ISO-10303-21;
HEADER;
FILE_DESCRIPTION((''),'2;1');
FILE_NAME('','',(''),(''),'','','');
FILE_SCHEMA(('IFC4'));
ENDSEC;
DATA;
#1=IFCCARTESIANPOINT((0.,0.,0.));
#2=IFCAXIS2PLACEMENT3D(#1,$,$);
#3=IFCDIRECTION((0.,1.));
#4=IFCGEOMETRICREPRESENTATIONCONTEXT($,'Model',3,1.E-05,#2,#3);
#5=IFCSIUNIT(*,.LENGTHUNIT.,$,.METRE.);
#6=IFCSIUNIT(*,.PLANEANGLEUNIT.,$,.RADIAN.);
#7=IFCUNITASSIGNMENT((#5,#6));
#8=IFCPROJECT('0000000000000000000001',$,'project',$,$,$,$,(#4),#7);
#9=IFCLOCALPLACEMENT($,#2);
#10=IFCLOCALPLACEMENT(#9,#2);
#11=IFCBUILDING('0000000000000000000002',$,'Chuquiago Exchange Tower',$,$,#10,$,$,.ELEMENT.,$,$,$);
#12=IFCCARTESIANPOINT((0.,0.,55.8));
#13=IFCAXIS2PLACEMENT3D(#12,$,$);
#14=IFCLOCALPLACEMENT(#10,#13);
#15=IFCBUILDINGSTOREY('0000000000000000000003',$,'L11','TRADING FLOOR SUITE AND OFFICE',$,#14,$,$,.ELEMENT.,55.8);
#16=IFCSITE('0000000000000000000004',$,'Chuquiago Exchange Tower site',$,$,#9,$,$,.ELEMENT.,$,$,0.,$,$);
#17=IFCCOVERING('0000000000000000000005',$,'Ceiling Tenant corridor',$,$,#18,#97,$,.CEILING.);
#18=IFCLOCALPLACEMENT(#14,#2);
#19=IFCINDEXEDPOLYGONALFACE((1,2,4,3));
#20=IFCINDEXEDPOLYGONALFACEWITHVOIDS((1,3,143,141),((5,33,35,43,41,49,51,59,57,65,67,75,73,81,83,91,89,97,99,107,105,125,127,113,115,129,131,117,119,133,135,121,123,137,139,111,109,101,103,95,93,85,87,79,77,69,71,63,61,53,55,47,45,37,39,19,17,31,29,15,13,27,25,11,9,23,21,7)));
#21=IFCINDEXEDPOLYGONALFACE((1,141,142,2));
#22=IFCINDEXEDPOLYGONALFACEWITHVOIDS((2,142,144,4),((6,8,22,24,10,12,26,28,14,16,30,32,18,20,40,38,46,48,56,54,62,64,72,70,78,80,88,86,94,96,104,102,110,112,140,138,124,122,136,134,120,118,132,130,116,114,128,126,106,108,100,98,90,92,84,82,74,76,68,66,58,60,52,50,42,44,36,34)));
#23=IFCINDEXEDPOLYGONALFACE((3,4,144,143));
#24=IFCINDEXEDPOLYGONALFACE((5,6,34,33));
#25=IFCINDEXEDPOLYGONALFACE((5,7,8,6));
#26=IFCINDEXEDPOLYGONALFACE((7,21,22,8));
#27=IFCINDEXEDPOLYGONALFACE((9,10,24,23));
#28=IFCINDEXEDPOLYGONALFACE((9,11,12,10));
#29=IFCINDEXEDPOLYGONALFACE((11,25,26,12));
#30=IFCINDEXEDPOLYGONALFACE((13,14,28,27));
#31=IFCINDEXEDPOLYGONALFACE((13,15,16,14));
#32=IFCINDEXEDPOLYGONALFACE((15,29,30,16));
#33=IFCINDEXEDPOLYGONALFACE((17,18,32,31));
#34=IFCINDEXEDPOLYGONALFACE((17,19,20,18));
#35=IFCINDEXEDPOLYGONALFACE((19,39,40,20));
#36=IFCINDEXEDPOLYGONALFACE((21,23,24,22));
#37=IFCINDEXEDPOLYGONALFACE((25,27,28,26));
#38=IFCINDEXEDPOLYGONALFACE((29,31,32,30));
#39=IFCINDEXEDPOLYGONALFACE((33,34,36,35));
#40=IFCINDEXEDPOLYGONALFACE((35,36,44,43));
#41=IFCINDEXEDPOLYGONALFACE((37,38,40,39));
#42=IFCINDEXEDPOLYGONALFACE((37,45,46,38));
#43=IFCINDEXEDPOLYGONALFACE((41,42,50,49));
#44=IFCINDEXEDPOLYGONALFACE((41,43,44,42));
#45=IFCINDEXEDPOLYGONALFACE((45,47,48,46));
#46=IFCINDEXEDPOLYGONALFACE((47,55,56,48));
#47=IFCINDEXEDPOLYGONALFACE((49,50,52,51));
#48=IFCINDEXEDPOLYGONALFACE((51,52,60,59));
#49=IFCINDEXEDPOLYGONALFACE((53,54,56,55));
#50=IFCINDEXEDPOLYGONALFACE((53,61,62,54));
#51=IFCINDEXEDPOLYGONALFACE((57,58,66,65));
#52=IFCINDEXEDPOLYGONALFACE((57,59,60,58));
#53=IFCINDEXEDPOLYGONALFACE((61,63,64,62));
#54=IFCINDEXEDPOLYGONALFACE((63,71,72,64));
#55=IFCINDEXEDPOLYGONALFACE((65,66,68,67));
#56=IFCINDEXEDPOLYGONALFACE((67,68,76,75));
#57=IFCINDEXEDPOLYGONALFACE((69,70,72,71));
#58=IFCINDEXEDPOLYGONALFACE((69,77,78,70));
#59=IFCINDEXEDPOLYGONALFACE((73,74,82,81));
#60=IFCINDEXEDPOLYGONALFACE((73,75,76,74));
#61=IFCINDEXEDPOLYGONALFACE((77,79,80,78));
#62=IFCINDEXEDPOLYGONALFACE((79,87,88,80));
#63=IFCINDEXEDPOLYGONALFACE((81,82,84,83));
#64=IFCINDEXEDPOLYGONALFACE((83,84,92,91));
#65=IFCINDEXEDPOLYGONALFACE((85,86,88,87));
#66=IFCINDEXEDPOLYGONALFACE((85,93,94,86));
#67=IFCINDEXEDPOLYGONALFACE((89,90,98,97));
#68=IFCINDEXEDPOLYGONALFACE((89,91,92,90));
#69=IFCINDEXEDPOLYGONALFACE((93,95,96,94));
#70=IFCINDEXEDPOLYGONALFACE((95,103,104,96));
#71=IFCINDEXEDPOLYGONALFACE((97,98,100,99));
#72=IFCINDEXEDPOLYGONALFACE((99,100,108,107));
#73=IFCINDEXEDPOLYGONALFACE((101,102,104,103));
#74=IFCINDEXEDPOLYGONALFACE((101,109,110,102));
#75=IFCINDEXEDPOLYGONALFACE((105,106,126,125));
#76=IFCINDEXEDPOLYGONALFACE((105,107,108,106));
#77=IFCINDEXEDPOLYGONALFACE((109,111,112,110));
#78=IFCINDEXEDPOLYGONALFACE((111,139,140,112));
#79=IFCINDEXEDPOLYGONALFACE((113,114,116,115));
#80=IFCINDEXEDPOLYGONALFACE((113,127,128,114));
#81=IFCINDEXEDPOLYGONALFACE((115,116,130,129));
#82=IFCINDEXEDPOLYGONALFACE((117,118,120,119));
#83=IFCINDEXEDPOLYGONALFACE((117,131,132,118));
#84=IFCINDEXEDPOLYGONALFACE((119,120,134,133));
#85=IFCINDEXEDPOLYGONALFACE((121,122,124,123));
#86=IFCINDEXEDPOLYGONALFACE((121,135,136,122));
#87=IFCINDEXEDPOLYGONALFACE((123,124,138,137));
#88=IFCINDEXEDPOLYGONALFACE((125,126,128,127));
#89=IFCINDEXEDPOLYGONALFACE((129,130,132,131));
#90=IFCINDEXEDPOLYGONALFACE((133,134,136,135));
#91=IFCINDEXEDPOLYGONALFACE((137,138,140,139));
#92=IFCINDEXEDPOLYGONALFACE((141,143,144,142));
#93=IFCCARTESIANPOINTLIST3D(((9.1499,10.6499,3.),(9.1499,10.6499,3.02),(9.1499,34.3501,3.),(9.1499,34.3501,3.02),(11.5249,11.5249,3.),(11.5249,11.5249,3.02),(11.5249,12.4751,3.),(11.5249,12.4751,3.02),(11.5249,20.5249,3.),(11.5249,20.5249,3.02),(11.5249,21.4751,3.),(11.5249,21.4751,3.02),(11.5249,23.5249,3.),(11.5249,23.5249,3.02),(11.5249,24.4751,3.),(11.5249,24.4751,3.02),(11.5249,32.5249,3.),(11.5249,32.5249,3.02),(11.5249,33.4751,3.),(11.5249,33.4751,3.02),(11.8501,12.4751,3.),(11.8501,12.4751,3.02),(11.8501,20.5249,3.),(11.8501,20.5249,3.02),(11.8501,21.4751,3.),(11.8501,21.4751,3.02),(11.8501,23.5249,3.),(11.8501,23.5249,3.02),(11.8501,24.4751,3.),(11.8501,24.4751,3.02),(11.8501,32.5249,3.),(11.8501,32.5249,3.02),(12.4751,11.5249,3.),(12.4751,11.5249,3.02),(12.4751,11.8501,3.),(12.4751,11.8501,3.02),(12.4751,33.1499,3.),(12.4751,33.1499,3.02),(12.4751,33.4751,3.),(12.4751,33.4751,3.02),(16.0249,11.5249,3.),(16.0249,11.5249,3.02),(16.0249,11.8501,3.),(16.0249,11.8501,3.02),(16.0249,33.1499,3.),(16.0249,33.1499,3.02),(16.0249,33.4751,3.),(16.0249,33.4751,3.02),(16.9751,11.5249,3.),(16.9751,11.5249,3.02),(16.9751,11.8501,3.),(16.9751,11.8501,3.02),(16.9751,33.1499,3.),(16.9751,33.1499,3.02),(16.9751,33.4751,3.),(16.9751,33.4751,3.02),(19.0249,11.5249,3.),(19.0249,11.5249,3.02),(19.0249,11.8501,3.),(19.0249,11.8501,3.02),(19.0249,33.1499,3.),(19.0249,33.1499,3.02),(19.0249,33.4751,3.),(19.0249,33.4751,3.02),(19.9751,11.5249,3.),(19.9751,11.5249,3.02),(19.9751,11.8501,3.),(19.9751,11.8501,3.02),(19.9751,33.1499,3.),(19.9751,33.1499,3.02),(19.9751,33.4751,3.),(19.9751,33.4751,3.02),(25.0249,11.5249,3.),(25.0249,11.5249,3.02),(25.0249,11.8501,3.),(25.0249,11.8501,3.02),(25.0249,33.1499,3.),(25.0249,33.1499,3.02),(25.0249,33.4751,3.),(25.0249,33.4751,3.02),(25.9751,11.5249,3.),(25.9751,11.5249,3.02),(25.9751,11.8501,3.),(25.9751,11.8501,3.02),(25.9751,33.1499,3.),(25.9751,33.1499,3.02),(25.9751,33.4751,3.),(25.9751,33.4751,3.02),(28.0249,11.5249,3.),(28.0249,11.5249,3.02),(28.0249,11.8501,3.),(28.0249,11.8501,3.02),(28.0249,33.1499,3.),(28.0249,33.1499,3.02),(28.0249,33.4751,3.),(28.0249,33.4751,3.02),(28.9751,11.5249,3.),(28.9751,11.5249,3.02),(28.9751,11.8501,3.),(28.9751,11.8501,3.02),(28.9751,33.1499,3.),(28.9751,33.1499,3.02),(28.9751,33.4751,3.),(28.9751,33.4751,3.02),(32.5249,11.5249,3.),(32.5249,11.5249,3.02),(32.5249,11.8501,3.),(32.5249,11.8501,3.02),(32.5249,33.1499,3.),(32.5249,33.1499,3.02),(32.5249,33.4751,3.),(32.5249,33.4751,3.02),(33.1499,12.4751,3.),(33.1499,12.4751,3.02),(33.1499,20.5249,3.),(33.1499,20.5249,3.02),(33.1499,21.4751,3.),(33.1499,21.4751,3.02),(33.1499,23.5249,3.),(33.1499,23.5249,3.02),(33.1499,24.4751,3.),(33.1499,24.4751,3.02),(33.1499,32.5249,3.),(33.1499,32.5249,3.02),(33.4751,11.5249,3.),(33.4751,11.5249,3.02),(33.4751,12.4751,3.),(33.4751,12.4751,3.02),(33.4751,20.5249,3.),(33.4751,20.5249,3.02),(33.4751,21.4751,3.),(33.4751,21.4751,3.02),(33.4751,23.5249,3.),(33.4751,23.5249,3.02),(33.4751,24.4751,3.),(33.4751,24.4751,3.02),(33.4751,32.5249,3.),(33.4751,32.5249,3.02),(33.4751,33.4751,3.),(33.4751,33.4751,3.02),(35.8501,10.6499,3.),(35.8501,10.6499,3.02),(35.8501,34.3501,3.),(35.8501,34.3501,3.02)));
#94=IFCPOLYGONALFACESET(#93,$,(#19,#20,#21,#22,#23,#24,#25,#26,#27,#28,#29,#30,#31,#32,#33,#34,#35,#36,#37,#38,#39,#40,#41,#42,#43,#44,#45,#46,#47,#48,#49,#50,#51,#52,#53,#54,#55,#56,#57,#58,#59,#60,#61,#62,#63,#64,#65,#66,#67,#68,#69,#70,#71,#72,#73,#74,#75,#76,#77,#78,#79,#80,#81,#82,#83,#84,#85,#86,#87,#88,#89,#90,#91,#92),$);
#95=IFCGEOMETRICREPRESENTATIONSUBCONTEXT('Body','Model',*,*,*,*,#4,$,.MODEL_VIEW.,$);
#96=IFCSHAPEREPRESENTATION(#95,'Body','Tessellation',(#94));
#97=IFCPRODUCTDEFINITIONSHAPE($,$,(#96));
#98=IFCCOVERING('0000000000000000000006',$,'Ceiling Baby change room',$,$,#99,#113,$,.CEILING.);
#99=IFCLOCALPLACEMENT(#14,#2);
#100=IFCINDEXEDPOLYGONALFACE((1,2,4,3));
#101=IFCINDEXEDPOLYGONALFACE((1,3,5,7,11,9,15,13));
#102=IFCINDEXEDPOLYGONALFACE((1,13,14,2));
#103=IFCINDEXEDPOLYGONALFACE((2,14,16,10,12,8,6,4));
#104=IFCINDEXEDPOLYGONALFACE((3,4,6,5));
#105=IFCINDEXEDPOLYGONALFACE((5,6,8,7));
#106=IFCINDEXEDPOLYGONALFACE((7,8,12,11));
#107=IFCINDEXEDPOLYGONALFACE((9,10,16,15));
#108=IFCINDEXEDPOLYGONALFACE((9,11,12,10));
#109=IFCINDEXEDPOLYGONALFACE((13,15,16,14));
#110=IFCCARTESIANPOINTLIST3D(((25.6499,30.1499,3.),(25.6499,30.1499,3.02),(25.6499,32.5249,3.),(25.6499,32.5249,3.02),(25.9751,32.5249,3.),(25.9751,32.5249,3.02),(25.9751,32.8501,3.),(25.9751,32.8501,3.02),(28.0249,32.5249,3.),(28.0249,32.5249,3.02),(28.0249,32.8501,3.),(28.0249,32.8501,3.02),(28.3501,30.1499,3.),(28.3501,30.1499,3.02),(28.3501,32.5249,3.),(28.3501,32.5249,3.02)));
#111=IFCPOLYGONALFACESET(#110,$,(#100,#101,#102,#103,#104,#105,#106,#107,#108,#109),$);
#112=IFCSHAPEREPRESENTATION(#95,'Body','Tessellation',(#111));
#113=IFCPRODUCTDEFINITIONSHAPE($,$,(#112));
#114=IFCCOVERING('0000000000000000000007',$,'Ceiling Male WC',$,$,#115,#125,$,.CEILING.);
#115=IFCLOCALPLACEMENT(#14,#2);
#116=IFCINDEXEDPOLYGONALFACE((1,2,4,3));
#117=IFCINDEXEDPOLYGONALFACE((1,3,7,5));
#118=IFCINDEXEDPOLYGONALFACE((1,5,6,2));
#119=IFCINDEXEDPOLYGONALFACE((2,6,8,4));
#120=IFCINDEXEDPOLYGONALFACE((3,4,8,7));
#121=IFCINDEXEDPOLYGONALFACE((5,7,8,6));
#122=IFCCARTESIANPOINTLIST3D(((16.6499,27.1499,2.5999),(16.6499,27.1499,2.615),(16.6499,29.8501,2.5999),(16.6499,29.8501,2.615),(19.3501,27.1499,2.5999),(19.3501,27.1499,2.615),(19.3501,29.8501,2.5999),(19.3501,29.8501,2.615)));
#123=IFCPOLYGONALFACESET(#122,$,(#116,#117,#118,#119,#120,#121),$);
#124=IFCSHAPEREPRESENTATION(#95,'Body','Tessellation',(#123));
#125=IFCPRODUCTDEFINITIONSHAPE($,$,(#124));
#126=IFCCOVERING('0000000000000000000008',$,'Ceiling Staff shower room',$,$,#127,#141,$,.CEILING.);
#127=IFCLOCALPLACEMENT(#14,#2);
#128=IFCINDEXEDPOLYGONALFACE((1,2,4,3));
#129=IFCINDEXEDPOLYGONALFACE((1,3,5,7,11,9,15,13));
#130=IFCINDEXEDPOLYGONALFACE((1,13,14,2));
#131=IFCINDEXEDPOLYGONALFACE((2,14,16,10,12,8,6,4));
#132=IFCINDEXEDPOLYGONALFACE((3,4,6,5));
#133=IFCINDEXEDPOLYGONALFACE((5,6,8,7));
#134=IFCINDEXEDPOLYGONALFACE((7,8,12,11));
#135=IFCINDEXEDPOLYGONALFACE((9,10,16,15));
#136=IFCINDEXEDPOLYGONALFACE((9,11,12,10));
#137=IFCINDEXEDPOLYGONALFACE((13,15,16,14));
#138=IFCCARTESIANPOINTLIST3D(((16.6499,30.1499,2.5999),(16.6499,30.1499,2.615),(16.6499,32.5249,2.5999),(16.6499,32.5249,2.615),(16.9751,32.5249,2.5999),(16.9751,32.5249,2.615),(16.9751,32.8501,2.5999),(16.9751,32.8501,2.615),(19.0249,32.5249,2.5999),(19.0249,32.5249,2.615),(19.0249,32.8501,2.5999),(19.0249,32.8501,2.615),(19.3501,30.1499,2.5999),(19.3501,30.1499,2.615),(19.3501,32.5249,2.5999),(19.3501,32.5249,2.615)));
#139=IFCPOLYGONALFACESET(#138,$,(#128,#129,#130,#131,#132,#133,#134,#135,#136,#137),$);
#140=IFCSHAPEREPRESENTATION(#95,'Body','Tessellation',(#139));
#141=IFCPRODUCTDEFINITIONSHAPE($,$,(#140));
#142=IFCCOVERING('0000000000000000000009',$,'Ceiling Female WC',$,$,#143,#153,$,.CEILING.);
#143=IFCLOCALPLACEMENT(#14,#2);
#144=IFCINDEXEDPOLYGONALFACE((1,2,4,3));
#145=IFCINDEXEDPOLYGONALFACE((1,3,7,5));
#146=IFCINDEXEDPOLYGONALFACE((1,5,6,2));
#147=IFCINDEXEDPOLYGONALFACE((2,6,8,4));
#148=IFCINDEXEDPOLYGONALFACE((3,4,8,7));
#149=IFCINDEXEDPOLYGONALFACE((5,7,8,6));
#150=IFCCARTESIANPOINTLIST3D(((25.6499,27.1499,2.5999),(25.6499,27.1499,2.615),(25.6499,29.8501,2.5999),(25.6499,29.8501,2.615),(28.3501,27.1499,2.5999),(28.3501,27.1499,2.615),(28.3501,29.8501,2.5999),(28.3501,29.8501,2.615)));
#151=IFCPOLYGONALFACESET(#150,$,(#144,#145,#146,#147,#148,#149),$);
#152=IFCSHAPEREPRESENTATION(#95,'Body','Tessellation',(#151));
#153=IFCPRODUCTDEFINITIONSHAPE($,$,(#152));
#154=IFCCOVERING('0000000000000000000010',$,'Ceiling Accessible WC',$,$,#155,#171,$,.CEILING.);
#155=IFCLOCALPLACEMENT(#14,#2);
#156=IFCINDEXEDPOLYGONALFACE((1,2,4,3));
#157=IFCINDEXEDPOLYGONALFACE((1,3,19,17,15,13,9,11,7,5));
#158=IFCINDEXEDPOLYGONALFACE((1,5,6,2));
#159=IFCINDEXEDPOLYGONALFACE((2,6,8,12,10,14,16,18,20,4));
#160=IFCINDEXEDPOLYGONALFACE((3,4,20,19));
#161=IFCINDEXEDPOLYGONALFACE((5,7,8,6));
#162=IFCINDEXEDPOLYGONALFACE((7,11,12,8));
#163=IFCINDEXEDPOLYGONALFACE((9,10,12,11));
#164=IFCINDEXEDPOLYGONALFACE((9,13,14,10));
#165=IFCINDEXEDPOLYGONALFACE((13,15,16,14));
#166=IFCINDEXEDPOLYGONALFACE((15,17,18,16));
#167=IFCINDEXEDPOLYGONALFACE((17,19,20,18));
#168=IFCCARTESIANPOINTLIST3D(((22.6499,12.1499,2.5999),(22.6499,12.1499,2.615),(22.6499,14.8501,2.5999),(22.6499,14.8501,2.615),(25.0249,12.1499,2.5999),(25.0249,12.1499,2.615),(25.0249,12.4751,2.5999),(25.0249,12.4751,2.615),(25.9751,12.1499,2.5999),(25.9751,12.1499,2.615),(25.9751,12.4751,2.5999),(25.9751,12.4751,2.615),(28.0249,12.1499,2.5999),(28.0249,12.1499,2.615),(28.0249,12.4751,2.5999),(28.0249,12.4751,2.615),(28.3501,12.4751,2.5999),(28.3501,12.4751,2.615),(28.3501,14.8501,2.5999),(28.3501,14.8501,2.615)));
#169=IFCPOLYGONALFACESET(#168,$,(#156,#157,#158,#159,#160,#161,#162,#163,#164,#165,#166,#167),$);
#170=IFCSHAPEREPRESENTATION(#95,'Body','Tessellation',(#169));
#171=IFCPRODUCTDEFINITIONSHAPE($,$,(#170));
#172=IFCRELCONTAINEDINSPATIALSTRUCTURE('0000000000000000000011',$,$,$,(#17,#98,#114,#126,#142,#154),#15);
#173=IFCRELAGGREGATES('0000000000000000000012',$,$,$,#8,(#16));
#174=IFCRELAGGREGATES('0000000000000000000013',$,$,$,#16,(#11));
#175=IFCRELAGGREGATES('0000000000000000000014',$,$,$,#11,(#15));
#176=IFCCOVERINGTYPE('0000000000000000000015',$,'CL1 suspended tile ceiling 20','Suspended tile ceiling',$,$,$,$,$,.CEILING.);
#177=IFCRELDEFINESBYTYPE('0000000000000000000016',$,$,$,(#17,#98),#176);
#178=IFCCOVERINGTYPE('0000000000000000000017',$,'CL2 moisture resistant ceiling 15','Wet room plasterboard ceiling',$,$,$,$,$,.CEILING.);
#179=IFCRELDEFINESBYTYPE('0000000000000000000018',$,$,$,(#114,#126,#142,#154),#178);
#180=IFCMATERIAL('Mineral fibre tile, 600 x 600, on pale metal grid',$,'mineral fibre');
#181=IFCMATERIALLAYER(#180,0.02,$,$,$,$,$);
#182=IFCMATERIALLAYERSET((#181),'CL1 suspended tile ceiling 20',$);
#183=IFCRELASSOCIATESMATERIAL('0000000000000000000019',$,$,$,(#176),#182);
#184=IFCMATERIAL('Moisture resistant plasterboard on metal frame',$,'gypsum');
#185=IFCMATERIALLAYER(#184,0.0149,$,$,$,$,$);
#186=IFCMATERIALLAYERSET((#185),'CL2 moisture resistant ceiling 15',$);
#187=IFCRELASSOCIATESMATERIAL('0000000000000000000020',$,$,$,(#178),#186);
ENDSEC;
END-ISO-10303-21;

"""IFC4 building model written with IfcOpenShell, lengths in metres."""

from ifc_helpers import new_model, si_unit, direction, frame, origin, place, context, subcontext, project, spatial, polyline, outline, extrude, material, layer, layer_set, type_object, element, save


model = new_model("IFC4")

# Units and contexts
model_context = context("Model", 3, precision=1e-05, world=origin(), true_north=direction((0.0, 1.0)))
body_context = subcontext(model_context, "Body", "Model", "MODEL_VIEW")
ifc_project = project(units=[si_unit("LENGTHUNIT", "METRE"), si_unit("PLANEANGLEUNIT", "RADIAN")], contexts=[model_context])

# Site, building, storey
site_placement = place(None, origin())
site = spatial("IfcSite", under=ifc_project, at=site_placement, Name="Chuquiago Exchange Tower site", CompositionType="ELEMENT", RefElevation=0.0)
building_placement = place(site_placement, origin())
building = spatial("IfcBuilding", under=site, at=building_placement, Name="Chuquiago Exchange Tower", CompositionType="ELEMENT")
storey_placement = place(building_placement, frame((0.0, 0.0, 55.8)))
storey = spatial("IfcBuildingStorey", under=building, at=storey_placement, Name="L11", Description="TRADING FLOOR SUITE AND OFFICE", CompositionType="ELEMENT", Elevation=55.8)

# Coverings
ifc_material_1 = material(Name="Mineral fibre tile, 600 x 600, on pale metal grid", Category="mineral fibre")
ifc_layer_1 = layer(ifc_material_1, 0.02)
ifc_layer_set_1 = layer_set([ifc_layer_1], Name="CL1 suspended tile ceiling 20")
covering_type_1 = type_object("IfcCoveringType", Name="CL1 suspended tile ceiling 20", Description="Suspended tile ceiling", PredefinedType="CEILING", material=ifc_layer_set_1)
covering_1_placement = place(storey_placement, frame((0.0, 0.0, 3.0)))
element("IfcCovering", 1, at=covering_1_placement, inside=storey, type_object=covering_type_1, Name="Ceiling Tenant corridor", PredefinedType="CEILING", context=body_context, shape_type="SweptSolid", body=[
    extrude(outline(polyline([(9.1499, 34.3501), (35.8501, 34.3501), (35.8501, 10.6499), (9.1499, 10.6499), (9.1499, 34.3501)]), holes=[polyline([(11.8501, 24.4751), (11.5249, 24.4751), (11.5249, 23.5249), (11.8501, 23.5249), (11.8501, 21.4751), (11.5249, 21.4751), (11.5249, 20.5249), (11.8501, 20.5249), (11.8501, 12.4751), (11.5249, 12.4751), (11.5249, 11.5249), (12.4751, 11.5249), (12.4751, 11.8501), (16.0249, 11.8501), (16.0249, 11.5249), (16.9751, 11.5249), (16.9751, 11.8501), (19.0249, 11.8501), (19.0249, 11.5249), (19.9751, 11.5249), (19.9751, 11.8501), (25.0249, 11.8501), (25.0249, 11.5249), (25.9751, 11.5249), (25.9751, 11.8501), (28.0249, 11.8501), (28.0249, 11.5249), (28.9751, 11.5249), (28.9751, 11.8501), (32.5249, 11.8501), (32.5249, 11.5249), (33.4751, 11.5249), (33.4751, 12.4751), (33.1499, 12.4751), (33.1499, 20.5249), (33.4751, 20.5249), (33.4751, 21.4751), (33.1499, 21.4751), (33.1499, 23.5249), (33.4751, 23.5249), (33.4751, 24.4751), (33.1499, 24.4751), (33.1499, 32.5249), (33.4751, 32.5249), (33.4751, 33.4751), (32.5249, 33.4751), (32.5249, 33.1499), (28.9751, 33.1499), (28.9751, 33.4751), (28.0249, 33.4751), (28.0249, 33.1499), (25.9751, 33.1499), (25.9751, 33.4751), (25.0249, 33.4751), (25.0249, 33.1499), (19.9751, 33.1499), (19.9751, 33.4751), (19.0249, 33.4751), (19.0249, 33.1499), (16.9751, 33.1499), (16.9751, 33.4751), (16.0249, 33.4751), (16.0249, 33.1499), (12.4751, 33.1499), (12.4751, 33.4751), (11.5249, 33.4751), (11.5249, 32.5249), (11.8501, 32.5249), (11.8501, 24.4751)])]), origin(), (0.0, 0.0, 1.0), 0.02),
])
covering_2_placement = place(storey_placement, frame((0.0, 0.0, 3.0)))
element("IfcCovering", 2, at=covering_2_placement, inside=storey, type_object=covering_type_1, Name="Ceiling Baby change room", PredefinedType="CEILING", context=body_context, shape_type="SweptSolid", body=[
    extrude(outline(polyline([(25.6499, 30.1499), (25.6499, 32.5249), (25.9751, 32.5249), (25.9751, 32.8501), (28.0249, 32.8501), (28.0249, 32.5249), (28.3501, 32.5249), (28.3501, 30.1499), (25.6499, 30.1499)])), origin(), (0.0, 0.0, 1.0), 0.02),
])
ifc_material_2 = material(Name="Moisture resistant plasterboard on metal frame", Category="gypsum")
ifc_layer_2 = layer(ifc_material_2, 0.0149)
ifc_layer_set_2 = layer_set([ifc_layer_2], Name="CL2 moisture resistant ceiling 15")
covering_type_2 = type_object("IfcCoveringType", Name="CL2 moisture resistant ceiling 15", Description="Wet room plasterboard ceiling", PredefinedType="CEILING", material=ifc_layer_set_2)
covering_3_placement = place(storey_placement, frame((0.0, 0.0, 2.5999)))
element("IfcCovering", 3, at=covering_3_placement, inside=storey, type_object=covering_type_2, Name="Ceiling Male WC", PredefinedType="CEILING", context=body_context, shape_type="SweptSolid", body=[
    extrude(outline(polyline([(16.6499, 27.1499), (16.6499, 29.8501), (19.3501, 29.8501), (19.3501, 27.1499), (16.6499, 27.1499)])), origin(), (0.0, 0.0, 1.0), 0.0151),
])
covering_4_placement = place(storey_placement, frame((0.0, 0.0, 2.5999)))
element("IfcCovering", 4, at=covering_4_placement, inside=storey, type_object=covering_type_2, Name="Ceiling Staff shower room", PredefinedType="CEILING", context=body_context, shape_type="SweptSolid", body=[
    extrude(outline(polyline([(16.6499, 30.1499), (16.6499, 32.5249), (16.9751, 32.5249), (16.9751, 32.8501), (19.0249, 32.8501), (19.0249, 32.5249), (19.3501, 32.5249), (19.3501, 30.1499), (16.6499, 30.1499)])), origin(), (0.0, 0.0, 1.0), 0.0151),
])
covering_5_placement = place(storey_placement, frame((0.0, 0.0, 2.5999)))
element("IfcCovering", 5, at=covering_5_placement, inside=storey, type_object=covering_type_2, Name="Ceiling Female WC", PredefinedType="CEILING", context=body_context, shape_type="SweptSolid", body=[
    extrude(outline(polyline([(25.6499, 27.1499), (25.6499, 29.8501), (28.3501, 29.8501), (28.3501, 27.1499), (25.6499, 27.1499)])), origin(), (0.0, 0.0, 1.0), 0.0151),
])
covering_6_placement = place(storey_placement, frame((0.0, 0.0, 2.5999)))
element("IfcCovering", 6, at=covering_6_placement, inside=storey, type_object=covering_type_2, Name="Ceiling Accessible WC", PredefinedType="CEILING", context=body_context, shape_type="SweptSolid", body=[
    extrude(outline(polyline([(25.9751, 12.1499), (25.9751, 12.4751), (25.0249, 12.4751), (25.0249, 12.1499), (22.6499, 12.1499), (22.6499, 14.8501), (28.3501, 14.8501), (28.3501, 12.4751), (28.0249, 12.4751), (28.0249, 12.1499), (25.9751, 12.1499)])), origin(), (0.0, 0.0, 1.0), 0.0151),
])

save(model, "model.ifc")
